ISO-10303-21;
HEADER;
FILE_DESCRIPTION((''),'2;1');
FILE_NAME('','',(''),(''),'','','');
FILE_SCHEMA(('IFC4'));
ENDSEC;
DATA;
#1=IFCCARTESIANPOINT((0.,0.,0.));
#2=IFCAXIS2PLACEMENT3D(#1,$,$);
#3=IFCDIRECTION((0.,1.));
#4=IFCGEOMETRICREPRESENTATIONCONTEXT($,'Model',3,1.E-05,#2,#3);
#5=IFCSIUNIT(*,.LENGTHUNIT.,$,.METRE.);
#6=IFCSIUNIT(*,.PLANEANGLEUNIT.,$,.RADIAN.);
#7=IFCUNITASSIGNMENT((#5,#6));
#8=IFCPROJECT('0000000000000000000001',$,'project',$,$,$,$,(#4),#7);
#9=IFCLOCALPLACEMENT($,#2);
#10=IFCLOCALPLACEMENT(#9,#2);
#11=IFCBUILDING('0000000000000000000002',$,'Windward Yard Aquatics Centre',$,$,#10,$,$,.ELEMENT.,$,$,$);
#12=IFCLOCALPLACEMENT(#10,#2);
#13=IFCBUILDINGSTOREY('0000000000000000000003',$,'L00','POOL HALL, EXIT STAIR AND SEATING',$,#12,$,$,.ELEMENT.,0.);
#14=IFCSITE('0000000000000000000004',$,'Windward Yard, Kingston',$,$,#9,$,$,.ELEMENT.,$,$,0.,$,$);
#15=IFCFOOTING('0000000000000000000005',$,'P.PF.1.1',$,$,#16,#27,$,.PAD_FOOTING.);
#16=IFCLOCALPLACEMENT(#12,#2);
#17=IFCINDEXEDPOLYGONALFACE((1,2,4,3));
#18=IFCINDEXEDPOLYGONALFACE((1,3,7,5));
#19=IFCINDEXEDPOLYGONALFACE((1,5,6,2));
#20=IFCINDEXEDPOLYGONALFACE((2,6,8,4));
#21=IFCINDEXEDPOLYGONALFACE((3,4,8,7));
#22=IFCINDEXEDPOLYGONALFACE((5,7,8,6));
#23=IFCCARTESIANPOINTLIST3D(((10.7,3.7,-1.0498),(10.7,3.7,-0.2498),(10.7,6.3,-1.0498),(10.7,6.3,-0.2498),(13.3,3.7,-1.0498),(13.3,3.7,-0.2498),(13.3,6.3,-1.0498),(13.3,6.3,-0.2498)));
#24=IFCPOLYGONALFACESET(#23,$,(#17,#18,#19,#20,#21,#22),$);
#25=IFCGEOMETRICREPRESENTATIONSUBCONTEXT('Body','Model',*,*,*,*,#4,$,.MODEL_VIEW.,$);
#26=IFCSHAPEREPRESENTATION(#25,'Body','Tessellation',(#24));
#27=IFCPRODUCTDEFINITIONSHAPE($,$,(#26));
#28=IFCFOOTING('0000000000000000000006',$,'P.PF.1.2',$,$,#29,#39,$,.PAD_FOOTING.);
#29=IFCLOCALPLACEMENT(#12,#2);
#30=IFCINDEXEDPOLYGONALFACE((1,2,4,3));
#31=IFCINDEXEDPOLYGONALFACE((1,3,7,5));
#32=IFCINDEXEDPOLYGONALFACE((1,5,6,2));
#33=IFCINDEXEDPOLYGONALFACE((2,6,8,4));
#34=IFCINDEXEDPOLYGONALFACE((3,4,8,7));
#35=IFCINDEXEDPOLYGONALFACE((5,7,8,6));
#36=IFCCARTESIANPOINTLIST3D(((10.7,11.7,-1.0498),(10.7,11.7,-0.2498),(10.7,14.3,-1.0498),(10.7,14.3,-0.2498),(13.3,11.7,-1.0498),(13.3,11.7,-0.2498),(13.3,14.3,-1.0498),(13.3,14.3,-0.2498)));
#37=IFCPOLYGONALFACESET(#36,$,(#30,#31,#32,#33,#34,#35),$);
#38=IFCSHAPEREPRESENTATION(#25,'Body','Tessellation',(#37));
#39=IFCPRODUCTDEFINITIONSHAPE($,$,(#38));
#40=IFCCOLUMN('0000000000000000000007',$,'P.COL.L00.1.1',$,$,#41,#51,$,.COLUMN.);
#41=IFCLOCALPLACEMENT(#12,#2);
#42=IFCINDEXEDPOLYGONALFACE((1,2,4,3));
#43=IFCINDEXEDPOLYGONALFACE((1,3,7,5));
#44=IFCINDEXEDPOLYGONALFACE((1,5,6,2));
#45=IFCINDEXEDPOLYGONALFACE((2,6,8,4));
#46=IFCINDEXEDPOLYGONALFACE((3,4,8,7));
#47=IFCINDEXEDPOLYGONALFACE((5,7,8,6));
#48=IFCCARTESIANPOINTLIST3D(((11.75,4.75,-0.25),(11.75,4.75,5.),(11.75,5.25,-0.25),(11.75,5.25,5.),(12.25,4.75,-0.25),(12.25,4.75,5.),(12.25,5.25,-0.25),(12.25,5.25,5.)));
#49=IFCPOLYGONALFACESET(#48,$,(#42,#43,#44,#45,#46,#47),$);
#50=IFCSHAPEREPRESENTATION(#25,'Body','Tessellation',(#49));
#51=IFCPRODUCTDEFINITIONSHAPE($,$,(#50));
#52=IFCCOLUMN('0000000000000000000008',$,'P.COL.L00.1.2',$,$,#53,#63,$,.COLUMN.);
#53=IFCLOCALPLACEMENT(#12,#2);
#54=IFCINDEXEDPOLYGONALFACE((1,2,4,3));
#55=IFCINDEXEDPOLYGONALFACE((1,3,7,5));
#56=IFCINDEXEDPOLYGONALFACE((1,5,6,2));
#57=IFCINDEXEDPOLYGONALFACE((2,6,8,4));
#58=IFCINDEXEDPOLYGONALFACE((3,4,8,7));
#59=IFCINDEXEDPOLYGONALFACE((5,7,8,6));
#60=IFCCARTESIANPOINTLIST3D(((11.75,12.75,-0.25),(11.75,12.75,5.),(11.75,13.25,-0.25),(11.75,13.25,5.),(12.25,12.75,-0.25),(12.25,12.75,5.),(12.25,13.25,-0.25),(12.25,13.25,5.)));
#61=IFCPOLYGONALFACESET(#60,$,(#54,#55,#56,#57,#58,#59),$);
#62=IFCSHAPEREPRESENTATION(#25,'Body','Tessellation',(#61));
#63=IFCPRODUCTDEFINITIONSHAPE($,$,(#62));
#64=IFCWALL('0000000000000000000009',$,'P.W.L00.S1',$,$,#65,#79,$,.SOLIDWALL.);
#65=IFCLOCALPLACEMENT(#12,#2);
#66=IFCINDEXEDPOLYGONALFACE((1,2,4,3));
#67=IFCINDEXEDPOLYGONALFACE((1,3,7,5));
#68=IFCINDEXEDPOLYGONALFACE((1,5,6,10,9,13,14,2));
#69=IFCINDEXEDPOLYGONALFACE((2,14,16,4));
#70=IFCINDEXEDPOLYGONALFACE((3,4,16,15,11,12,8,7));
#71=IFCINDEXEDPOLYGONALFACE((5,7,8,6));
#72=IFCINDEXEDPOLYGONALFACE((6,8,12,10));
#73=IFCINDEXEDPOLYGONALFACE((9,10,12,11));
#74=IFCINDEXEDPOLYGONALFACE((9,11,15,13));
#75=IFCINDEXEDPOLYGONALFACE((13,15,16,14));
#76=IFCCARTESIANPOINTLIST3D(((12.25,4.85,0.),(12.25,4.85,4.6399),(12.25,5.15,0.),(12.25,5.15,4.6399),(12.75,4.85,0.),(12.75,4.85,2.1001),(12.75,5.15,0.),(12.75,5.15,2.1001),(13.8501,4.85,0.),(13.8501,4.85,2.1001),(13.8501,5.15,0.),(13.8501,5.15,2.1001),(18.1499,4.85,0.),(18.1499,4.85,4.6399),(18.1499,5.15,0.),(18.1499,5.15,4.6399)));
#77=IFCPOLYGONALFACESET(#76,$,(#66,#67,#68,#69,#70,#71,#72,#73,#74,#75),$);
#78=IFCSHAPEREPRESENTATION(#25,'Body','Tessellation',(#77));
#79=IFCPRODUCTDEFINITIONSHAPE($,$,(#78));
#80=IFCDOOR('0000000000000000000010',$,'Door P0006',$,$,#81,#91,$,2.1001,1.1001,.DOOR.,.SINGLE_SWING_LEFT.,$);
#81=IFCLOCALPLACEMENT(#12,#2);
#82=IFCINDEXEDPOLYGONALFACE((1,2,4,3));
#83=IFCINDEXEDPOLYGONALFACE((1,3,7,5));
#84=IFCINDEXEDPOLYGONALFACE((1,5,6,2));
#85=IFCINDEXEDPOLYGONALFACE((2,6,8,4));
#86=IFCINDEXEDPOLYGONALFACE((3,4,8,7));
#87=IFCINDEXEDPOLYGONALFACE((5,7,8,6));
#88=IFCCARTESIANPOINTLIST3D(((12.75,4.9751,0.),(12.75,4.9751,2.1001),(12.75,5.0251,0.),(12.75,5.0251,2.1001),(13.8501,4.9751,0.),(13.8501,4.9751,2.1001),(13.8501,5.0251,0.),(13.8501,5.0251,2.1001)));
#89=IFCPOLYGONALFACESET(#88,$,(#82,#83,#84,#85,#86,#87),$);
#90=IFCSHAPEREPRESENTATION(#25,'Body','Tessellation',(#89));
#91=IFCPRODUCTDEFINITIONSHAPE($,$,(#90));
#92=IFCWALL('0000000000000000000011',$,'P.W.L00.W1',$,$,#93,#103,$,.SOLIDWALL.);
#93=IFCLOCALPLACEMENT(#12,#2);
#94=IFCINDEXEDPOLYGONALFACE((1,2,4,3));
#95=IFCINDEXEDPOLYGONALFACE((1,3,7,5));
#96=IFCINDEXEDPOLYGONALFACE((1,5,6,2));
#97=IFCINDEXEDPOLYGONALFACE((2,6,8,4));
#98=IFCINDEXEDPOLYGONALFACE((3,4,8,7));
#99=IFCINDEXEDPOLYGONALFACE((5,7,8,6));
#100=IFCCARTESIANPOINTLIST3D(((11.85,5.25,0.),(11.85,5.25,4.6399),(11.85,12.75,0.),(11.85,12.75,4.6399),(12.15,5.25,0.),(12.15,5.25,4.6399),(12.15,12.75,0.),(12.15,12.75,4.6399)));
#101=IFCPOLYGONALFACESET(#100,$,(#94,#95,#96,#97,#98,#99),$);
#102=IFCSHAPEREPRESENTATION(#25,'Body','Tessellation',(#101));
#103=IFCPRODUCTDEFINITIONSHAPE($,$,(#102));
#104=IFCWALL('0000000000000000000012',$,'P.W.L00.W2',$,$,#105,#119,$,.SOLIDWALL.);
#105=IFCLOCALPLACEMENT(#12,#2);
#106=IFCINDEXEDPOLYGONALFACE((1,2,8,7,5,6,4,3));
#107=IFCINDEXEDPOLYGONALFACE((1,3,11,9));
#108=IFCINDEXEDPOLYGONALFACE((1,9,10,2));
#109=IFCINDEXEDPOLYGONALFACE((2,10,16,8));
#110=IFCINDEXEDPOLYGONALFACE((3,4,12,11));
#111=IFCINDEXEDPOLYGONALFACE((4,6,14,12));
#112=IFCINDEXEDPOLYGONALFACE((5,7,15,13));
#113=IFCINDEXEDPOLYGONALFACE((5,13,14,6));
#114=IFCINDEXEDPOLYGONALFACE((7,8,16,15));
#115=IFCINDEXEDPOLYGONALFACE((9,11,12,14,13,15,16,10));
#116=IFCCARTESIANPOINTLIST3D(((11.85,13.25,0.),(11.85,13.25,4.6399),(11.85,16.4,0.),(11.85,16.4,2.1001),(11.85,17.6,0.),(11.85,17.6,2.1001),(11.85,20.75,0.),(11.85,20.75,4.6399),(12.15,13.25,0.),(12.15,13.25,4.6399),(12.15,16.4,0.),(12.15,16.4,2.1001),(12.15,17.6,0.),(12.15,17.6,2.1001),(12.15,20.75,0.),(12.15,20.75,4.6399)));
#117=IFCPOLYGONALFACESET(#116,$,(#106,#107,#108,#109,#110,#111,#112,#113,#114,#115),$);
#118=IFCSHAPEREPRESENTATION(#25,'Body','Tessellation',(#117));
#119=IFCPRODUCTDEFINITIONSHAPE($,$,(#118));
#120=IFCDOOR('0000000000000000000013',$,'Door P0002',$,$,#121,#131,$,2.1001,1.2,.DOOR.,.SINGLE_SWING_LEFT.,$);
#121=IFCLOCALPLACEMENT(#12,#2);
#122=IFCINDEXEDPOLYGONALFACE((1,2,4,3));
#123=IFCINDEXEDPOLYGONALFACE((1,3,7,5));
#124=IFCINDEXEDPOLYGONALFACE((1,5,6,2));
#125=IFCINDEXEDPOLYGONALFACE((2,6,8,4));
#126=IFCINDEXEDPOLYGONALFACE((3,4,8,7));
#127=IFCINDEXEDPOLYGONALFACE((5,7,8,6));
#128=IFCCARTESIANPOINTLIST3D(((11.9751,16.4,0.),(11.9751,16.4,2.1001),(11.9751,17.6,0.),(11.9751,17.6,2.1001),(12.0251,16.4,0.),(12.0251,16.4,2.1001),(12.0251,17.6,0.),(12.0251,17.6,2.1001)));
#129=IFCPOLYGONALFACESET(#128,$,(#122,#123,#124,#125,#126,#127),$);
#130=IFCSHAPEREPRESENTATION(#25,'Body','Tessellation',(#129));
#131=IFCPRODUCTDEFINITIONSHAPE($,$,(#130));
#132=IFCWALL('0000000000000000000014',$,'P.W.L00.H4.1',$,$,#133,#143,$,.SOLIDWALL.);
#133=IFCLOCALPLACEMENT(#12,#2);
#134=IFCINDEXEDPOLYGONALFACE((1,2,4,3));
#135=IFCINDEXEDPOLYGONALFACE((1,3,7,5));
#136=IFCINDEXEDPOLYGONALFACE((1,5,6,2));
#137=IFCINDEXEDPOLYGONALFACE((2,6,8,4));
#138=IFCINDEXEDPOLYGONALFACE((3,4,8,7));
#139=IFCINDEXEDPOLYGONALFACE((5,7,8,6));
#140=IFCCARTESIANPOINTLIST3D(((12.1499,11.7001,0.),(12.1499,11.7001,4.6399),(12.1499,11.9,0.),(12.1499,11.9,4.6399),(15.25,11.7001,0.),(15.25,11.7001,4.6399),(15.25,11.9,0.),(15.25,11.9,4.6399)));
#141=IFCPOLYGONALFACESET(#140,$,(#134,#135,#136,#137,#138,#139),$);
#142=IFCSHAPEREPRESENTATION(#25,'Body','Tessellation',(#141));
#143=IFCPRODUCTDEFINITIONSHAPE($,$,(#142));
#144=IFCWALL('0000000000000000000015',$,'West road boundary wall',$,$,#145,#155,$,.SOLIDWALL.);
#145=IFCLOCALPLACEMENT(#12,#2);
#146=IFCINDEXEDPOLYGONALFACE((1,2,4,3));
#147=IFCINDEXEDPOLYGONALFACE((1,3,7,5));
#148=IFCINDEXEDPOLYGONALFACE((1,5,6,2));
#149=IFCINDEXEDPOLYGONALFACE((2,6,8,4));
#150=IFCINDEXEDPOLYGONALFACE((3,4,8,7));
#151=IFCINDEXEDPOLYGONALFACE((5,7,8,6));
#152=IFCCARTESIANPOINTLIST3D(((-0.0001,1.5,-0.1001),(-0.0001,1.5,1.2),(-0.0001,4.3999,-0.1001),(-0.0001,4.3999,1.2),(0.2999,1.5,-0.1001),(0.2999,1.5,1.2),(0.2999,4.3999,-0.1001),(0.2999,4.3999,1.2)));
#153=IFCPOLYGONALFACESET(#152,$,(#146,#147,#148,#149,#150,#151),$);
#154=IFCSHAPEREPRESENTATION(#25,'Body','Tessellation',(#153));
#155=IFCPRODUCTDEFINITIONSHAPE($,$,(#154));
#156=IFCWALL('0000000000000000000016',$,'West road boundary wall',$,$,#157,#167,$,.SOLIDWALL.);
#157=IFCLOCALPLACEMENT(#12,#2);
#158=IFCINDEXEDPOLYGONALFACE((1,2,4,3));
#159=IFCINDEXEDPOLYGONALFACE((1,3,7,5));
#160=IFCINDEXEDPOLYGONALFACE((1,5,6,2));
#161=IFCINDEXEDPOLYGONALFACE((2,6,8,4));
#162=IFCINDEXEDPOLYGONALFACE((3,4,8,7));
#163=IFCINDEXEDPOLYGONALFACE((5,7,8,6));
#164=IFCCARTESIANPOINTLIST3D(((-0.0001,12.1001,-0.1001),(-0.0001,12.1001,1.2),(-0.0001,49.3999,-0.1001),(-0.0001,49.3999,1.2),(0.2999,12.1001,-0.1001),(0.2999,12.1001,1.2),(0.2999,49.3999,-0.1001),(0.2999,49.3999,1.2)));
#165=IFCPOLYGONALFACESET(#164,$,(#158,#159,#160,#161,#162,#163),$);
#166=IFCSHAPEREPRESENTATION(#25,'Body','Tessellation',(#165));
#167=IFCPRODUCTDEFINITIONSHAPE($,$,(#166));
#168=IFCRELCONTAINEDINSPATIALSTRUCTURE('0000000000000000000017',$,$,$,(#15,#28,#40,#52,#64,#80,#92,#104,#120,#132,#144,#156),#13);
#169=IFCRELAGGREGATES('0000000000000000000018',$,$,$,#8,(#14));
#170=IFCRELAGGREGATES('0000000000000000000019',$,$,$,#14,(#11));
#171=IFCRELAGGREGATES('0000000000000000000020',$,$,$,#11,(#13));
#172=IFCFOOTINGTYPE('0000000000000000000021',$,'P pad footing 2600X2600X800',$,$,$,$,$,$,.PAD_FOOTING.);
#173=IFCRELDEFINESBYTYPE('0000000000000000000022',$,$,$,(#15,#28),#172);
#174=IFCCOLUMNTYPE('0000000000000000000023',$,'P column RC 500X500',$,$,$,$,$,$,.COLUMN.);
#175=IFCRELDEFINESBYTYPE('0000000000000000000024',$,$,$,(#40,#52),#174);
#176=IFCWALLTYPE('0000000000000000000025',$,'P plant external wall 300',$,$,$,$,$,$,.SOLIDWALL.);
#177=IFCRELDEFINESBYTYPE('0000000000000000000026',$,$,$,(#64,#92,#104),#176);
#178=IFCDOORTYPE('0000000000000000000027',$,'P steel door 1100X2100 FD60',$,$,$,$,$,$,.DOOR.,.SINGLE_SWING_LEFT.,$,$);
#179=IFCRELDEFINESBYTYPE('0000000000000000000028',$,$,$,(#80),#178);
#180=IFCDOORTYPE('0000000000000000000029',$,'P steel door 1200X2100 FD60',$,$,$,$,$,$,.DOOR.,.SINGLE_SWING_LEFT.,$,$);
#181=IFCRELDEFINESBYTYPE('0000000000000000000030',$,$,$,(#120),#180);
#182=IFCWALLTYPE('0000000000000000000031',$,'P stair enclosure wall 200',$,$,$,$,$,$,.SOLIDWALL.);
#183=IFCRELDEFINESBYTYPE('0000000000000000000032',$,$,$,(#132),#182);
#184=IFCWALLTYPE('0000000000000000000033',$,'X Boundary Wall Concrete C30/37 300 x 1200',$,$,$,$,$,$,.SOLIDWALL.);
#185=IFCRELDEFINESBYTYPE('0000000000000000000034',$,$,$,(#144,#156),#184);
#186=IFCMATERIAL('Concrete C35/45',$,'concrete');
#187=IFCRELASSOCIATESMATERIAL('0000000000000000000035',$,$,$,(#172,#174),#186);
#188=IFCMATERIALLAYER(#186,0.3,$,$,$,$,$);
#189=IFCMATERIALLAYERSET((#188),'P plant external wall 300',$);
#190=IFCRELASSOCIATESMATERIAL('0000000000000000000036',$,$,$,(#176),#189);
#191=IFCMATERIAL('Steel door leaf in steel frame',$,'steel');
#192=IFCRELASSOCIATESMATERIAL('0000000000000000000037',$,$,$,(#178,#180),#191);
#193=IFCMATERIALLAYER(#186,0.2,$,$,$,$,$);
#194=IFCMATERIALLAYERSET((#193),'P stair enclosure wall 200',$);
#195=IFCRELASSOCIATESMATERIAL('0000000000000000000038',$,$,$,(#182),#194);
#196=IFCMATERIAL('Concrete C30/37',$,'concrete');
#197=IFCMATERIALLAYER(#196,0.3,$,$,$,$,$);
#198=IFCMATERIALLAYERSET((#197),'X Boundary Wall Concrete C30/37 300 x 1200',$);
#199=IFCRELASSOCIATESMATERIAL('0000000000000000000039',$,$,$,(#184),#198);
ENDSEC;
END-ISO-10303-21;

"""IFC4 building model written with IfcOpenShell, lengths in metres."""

from ifc_helpers import new_model, si_unit, direction, frame, frame_2d, origin, origin_2d, place, context, subcontext, project, spatial, rectangle, extrude, material, layer, layer_set, material_profile, profile_set, type_object, element, fill, save


model = new_model("IFC4")

# Units and contexts
model_context = context("Model", 3, precision=1e-05, world=origin(), true_north=direction((0.0, 1.0)))
body_context = subcontext(model_context, "Body", "Model", "MODEL_VIEW")
ifc_project = project(units=[si_unit("LENGTHUNIT", "METRE"), si_unit("PLANEANGLEUNIT", "RADIAN")], contexts=[model_context])

# Site, building, storey
site_placement = place(None, origin())
site = spatial("IfcSite", under=ifc_project, at=site_placement, Name="Windward Yard, Kingston", CompositionType="ELEMENT", RefElevation=0.0)
building_placement = place(site_placement, origin())
building = spatial("IfcBuilding", under=site, at=building_placement, Name="Windward Yard Aquatics Centre", CompositionType="ELEMENT")
storey_placement = place(building_placement, origin())
storey = spatial("IfcBuildingStorey", under=building, at=storey_placement, Name="L00", Description="POOL HALL, EXIT STAIR AND SEATING", CompositionType="ELEMENT", Elevation=0.0)

# Footings
ifc_material_1 = material(Name="Concrete C35/45", Category="concrete")
footing_type = type_object("IfcFootingType", Name="P pad footing 2600X2600X800", PredefinedType="PAD_FOOTING", material=ifc_material_1)
for number, where, z_axis, x_axis, name in (
    (1, (12.0, 5.0, -1.0498), (0.0, 0.0, 1.0), (1.0, 0.0, 0.0), "P.PF.1.1"),
    (2, (12.0, 13.0, -1.0498), (0.0, 0.0, 1.0), (1.0, 0.0, 0.0), "P.PF.1.2"),
):
    element("IfcFooting", number, at=place(storey_placement, frame(where, z_axis=z_axis, x_axis=x_axis)), inside=storey, type_object=footing_type, Name=name, PredefinedType="PAD_FOOTING", context=body_context, shape_type="SweptSolid", body=[
        extrude(rectangle(XDim=2.6001, YDim=2.6001, at=origin_2d()), origin(), (0.0, 0.0, 1.0), 0.8),
    ])

# Columns
ifc_material_profile = material_profile(ifc_material_1, rectangle(XDim=0.5, YDim=0.5, at=origin_2d()), Name="RC 500X500")
ifc_profile_set = profile_set([ifc_material_profile], Name="Concrete C35/45")
column_type = type_object("IfcColumnType", Name="P column RC 500X500", PredefinedType="COLUMN", material=ifc_profile_set)
for number, where, z_axis, x_axis, name in (
    (3, (12.0, 5.0, -0.25), (0.0, 0.0, 1.0), (1.0, 0.0, 0.0), "P.COL.L00.1.1"),
    (4, (12.0, 13.0, -0.25), (0.0, 0.0, 1.0), (1.0, 0.0, 0.0), "P.COL.L00.1.2"),
):
    element("IfcColumn", number, at=place(storey_placement, frame(where, z_axis=z_axis, x_axis=x_axis)), inside=storey, type_object=column_type, Name=name, PredefinedType="COLUMN", context=body_context, shape_type="SweptSolid", body=[
        extrude(rectangle(XDim=0.5, YDim=0.5, at=origin_2d()), origin(), (0.0, 0.0, 1.0), 5.25),
    ])

# Wall, opening, door
ifc_layer_1 = layer(ifc_material_1, 0.3)
ifc_layer_set_1 = layer_set([ifc_layer_1], Name="P plant external wall 300")
wall_type_1 = type_object("IfcWallType", Name="P plant external wall 300", PredefinedType="SOLIDWALL", material=ifc_layer_set_1)
wall_1_placement = place(storey_placement, frame((12.25, 5.0, 0.0), z_axis=(0.0, 0.0, 1.0), x_axis=(1.0, 0.0, 0.0)))
wall_1 = element("IfcWall", 5, at=wall_1_placement, inside=storey, type_object=wall_type_1, Name="P.W.L00.S1", PredefinedType="SOLIDWALL", context=body_context, shape_type="SweptSolid", body=[
    extrude(rectangle(XDim=5.8999, YDim=0.3, at=frame_2d((2.95, 0.0))), origin(), (0.0, 0.0, 1.0), 4.6399),
])
opening_1_placement = place(wall_1_placement, frame((1.6001, 0.0, 0.0), z_axis=(0.0, 0.0, 1.0), x_axis=(-1.0, 0.0, 0.0)))
opening_1 = element("IfcOpeningElement", 6, at=opening_1_placement, cuts=wall_1, PredefinedType="OPENING", context=body_context, shape_type="SweptSolid", body=[
    extrude(rectangle(XDim=1.1001, YDim=2.1001, at=frame_2d((0.55, 1.05))), frame((0.0, 0.1602, 0.0), z_axis=(0.0, -1.0, 0.0), x_axis=(1.0, 0.0, 0.0)), (0.0, 0.0, 1.0), 0.3201),
])
ifc_material_2 = material(Name="Steel door leaf in steel frame", Category="steel")
door_type_1 = type_object("IfcDoorType", Name="P steel door 1100X2100 FD60", OperationType="SINGLE_SWING_LEFT", PredefinedType="DOOR", material=ifc_material_2)
door_1_placement = place(opening_1_placement, origin())
door_1 = element("IfcDoor", 7, at=door_1_placement, inside=storey, type_object=door_type_1, Name="Door P0006", OperationType="SINGLE_SWING_LEFT", OverallHeight=2.1001, OverallWidth=1.1001, PredefinedType="DOOR", context=body_context, shape_type="SweptSolid", body=[
    extrude(rectangle(XDim=1.1001, YDim=2.1001, at=frame_2d((0.55, 1.05))), frame((0.0, 0.0249, 0.0), z_axis=(0.0, -1.0, 0.0), x_axis=(1.0, 0.0, 0.0)), (0.0, 0.0, 1.0), 0.05),
])
fill(opening_1, door_1)

# Wall
wall_2_placement = place(storey_placement, frame((12.0, 5.25, 0.0), z_axis=(0.0, 0.0, 1.0), x_axis=(0.0, 1.0, 0.0)))
element("IfcWall", 8, at=wall_2_placement, inside=storey, type_object=wall_type_1, Name="P.W.L00.W1", PredefinedType="SOLIDWALL", context=body_context, shape_type="SweptSolid", body=[
    extrude(rectangle(XDim=7.5, YDim=0.3, at=frame_2d((3.75, 0.0))), origin(), (0.0, 0.0, 1.0), 4.6399),
])

# Wall, opening, door
wall_3_placement = place(storey_placement, frame((12.0, 13.25, 0.0), z_axis=(0.0, 0.0, 1.0), x_axis=(0.0, 1.0, 0.0)))
wall_3 = element("IfcWall", 9, at=wall_3_placement, inside=storey, type_object=wall_type_1, Name="P.W.L00.W2", PredefinedType="SOLIDWALL", context=body_context, shape_type="SweptSolid", body=[
    extrude(rectangle(XDim=7.5, YDim=0.3, at=frame_2d((3.75, 0.0))), origin(), (0.0, 0.0, 1.0), 4.6399),
])
opening_2_placement = place(wall_3_placement, frame((3.1499, 0.0, 0.0)))
opening_2 = element("IfcOpeningElement", 10, at=opening_2_placement, cuts=wall_3, PredefinedType="OPENING", context=body_context, shape_type="SweptSolid", body=[
    extrude(rectangle(XDim=1.2, YDim=2.1001, at=frame_2d((0.6001, 1.05))), frame((0.0, 0.1602, 0.0), z_axis=(0.0, -1.0, 0.0), x_axis=(1.0, 0.0, 0.0)), (0.0, 0.0, 1.0), 0.3201),
])
door_type_2 = type_object("IfcDoorType", Name="P steel door 1200X2100 FD60", OperationType="SINGLE_SWING_LEFT", PredefinedType="DOOR", material=ifc_material_2)
door_2_placement = place(opening_2_placement, origin())
door_2 = element("IfcDoor", 11, at=door_2_placement, inside=storey, type_object=door_type_2, Name="Door P0002", OperationType="SINGLE_SWING_LEFT", OverallHeight=2.1001, OverallWidth=1.2, PredefinedType="DOOR", context=body_context, shape_type="SweptSolid", body=[
    extrude(rectangle(XDim=1.2, YDim=2.1001, at=frame_2d((0.6001, 1.05))), frame((0.0, 0.0249, 0.0), z_axis=(0.0, -1.0, 0.0), x_axis=(1.0, 0.0, 0.0)), (0.0, 0.0, 1.0), 0.05),
])
fill(opening_2, door_2)

# Walls
ifc_layer_2 = layer(ifc_material_1, 0.2)
ifc_layer_set_2 = layer_set([ifc_layer_2], Name="P stair enclosure wall 200")
wall_type_2 = type_object("IfcWallType", Name="P stair enclosure wall 200", PredefinedType="SOLIDWALL", material=ifc_layer_set_2)
wall_4_placement = place(storey_placement, frame((12.1499, 11.8, 0.0), z_axis=(0.0, 0.0, 1.0), x_axis=(1.0, 0.0, 0.0)))
element("IfcWall", 12, at=wall_4_placement, inside=storey, type_object=wall_type_2, Name="P.W.L00.H4.1", PredefinedType="SOLIDWALL", context=body_context, shape_type="SweptSolid", body=[
    extrude(rectangle(XDim=3.1001, YDim=0.2, at=frame_2d((1.55, 0.0))), origin(), (0.0, 0.0, 1.0), 4.6399),
])
ifc_material_3 = material(Name="Concrete C30/37", Category="concrete")
ifc_layer_3 = layer(ifc_material_3, 0.3)
ifc_layer_set_3 = layer_set([ifc_layer_3], Name="X Boundary Wall Concrete C30/37 300 x 1200")
wall_type_3 = type_object("IfcWallType", Name="X Boundary Wall Concrete C30/37 300 x 1200", PredefinedType="SOLIDWALL", material=ifc_layer_set_3)
wall_5_placement = place(storey_placement, frame((0.1499, 1.5, -0.1001), z_axis=(0.0, 0.0, 1.0), x_axis=(0.0, 1.0, 0.0)))
element("IfcWall", 13, at=wall_5_placement, inside=storey, type_object=wall_type_3, Name="West road boundary wall", PredefinedType="SOLIDWALL", context=body_context, shape_type="SweptSolid", body=[
    extrude(rectangle(XDim=2.8999, YDim=0.3, at=frame_2d((1.45, 0.0))), origin(), (0.0, 0.0, 1.0), 1.3),
])
wall_6_placement = place(storey_placement, frame((0.1499, 12.1001, -0.1001), z_axis=(0.0, 0.0, 1.0), x_axis=(0.0, 1.0, 0.0)))
element("IfcWall", 14, at=wall_6_placement, inside=storey, type_object=wall_type_3, Name="West road boundary wall", PredefinedType="SOLIDWALL", context=body_context, shape_type="SweptSolid", body=[
    extrude(rectangle(XDim=37.2998, YDim=0.3, at=frame_2d((18.6499, 0.0))), origin(), (0.0, 0.0, 1.0), 1.3),
])

save(model, "model.ifc")
